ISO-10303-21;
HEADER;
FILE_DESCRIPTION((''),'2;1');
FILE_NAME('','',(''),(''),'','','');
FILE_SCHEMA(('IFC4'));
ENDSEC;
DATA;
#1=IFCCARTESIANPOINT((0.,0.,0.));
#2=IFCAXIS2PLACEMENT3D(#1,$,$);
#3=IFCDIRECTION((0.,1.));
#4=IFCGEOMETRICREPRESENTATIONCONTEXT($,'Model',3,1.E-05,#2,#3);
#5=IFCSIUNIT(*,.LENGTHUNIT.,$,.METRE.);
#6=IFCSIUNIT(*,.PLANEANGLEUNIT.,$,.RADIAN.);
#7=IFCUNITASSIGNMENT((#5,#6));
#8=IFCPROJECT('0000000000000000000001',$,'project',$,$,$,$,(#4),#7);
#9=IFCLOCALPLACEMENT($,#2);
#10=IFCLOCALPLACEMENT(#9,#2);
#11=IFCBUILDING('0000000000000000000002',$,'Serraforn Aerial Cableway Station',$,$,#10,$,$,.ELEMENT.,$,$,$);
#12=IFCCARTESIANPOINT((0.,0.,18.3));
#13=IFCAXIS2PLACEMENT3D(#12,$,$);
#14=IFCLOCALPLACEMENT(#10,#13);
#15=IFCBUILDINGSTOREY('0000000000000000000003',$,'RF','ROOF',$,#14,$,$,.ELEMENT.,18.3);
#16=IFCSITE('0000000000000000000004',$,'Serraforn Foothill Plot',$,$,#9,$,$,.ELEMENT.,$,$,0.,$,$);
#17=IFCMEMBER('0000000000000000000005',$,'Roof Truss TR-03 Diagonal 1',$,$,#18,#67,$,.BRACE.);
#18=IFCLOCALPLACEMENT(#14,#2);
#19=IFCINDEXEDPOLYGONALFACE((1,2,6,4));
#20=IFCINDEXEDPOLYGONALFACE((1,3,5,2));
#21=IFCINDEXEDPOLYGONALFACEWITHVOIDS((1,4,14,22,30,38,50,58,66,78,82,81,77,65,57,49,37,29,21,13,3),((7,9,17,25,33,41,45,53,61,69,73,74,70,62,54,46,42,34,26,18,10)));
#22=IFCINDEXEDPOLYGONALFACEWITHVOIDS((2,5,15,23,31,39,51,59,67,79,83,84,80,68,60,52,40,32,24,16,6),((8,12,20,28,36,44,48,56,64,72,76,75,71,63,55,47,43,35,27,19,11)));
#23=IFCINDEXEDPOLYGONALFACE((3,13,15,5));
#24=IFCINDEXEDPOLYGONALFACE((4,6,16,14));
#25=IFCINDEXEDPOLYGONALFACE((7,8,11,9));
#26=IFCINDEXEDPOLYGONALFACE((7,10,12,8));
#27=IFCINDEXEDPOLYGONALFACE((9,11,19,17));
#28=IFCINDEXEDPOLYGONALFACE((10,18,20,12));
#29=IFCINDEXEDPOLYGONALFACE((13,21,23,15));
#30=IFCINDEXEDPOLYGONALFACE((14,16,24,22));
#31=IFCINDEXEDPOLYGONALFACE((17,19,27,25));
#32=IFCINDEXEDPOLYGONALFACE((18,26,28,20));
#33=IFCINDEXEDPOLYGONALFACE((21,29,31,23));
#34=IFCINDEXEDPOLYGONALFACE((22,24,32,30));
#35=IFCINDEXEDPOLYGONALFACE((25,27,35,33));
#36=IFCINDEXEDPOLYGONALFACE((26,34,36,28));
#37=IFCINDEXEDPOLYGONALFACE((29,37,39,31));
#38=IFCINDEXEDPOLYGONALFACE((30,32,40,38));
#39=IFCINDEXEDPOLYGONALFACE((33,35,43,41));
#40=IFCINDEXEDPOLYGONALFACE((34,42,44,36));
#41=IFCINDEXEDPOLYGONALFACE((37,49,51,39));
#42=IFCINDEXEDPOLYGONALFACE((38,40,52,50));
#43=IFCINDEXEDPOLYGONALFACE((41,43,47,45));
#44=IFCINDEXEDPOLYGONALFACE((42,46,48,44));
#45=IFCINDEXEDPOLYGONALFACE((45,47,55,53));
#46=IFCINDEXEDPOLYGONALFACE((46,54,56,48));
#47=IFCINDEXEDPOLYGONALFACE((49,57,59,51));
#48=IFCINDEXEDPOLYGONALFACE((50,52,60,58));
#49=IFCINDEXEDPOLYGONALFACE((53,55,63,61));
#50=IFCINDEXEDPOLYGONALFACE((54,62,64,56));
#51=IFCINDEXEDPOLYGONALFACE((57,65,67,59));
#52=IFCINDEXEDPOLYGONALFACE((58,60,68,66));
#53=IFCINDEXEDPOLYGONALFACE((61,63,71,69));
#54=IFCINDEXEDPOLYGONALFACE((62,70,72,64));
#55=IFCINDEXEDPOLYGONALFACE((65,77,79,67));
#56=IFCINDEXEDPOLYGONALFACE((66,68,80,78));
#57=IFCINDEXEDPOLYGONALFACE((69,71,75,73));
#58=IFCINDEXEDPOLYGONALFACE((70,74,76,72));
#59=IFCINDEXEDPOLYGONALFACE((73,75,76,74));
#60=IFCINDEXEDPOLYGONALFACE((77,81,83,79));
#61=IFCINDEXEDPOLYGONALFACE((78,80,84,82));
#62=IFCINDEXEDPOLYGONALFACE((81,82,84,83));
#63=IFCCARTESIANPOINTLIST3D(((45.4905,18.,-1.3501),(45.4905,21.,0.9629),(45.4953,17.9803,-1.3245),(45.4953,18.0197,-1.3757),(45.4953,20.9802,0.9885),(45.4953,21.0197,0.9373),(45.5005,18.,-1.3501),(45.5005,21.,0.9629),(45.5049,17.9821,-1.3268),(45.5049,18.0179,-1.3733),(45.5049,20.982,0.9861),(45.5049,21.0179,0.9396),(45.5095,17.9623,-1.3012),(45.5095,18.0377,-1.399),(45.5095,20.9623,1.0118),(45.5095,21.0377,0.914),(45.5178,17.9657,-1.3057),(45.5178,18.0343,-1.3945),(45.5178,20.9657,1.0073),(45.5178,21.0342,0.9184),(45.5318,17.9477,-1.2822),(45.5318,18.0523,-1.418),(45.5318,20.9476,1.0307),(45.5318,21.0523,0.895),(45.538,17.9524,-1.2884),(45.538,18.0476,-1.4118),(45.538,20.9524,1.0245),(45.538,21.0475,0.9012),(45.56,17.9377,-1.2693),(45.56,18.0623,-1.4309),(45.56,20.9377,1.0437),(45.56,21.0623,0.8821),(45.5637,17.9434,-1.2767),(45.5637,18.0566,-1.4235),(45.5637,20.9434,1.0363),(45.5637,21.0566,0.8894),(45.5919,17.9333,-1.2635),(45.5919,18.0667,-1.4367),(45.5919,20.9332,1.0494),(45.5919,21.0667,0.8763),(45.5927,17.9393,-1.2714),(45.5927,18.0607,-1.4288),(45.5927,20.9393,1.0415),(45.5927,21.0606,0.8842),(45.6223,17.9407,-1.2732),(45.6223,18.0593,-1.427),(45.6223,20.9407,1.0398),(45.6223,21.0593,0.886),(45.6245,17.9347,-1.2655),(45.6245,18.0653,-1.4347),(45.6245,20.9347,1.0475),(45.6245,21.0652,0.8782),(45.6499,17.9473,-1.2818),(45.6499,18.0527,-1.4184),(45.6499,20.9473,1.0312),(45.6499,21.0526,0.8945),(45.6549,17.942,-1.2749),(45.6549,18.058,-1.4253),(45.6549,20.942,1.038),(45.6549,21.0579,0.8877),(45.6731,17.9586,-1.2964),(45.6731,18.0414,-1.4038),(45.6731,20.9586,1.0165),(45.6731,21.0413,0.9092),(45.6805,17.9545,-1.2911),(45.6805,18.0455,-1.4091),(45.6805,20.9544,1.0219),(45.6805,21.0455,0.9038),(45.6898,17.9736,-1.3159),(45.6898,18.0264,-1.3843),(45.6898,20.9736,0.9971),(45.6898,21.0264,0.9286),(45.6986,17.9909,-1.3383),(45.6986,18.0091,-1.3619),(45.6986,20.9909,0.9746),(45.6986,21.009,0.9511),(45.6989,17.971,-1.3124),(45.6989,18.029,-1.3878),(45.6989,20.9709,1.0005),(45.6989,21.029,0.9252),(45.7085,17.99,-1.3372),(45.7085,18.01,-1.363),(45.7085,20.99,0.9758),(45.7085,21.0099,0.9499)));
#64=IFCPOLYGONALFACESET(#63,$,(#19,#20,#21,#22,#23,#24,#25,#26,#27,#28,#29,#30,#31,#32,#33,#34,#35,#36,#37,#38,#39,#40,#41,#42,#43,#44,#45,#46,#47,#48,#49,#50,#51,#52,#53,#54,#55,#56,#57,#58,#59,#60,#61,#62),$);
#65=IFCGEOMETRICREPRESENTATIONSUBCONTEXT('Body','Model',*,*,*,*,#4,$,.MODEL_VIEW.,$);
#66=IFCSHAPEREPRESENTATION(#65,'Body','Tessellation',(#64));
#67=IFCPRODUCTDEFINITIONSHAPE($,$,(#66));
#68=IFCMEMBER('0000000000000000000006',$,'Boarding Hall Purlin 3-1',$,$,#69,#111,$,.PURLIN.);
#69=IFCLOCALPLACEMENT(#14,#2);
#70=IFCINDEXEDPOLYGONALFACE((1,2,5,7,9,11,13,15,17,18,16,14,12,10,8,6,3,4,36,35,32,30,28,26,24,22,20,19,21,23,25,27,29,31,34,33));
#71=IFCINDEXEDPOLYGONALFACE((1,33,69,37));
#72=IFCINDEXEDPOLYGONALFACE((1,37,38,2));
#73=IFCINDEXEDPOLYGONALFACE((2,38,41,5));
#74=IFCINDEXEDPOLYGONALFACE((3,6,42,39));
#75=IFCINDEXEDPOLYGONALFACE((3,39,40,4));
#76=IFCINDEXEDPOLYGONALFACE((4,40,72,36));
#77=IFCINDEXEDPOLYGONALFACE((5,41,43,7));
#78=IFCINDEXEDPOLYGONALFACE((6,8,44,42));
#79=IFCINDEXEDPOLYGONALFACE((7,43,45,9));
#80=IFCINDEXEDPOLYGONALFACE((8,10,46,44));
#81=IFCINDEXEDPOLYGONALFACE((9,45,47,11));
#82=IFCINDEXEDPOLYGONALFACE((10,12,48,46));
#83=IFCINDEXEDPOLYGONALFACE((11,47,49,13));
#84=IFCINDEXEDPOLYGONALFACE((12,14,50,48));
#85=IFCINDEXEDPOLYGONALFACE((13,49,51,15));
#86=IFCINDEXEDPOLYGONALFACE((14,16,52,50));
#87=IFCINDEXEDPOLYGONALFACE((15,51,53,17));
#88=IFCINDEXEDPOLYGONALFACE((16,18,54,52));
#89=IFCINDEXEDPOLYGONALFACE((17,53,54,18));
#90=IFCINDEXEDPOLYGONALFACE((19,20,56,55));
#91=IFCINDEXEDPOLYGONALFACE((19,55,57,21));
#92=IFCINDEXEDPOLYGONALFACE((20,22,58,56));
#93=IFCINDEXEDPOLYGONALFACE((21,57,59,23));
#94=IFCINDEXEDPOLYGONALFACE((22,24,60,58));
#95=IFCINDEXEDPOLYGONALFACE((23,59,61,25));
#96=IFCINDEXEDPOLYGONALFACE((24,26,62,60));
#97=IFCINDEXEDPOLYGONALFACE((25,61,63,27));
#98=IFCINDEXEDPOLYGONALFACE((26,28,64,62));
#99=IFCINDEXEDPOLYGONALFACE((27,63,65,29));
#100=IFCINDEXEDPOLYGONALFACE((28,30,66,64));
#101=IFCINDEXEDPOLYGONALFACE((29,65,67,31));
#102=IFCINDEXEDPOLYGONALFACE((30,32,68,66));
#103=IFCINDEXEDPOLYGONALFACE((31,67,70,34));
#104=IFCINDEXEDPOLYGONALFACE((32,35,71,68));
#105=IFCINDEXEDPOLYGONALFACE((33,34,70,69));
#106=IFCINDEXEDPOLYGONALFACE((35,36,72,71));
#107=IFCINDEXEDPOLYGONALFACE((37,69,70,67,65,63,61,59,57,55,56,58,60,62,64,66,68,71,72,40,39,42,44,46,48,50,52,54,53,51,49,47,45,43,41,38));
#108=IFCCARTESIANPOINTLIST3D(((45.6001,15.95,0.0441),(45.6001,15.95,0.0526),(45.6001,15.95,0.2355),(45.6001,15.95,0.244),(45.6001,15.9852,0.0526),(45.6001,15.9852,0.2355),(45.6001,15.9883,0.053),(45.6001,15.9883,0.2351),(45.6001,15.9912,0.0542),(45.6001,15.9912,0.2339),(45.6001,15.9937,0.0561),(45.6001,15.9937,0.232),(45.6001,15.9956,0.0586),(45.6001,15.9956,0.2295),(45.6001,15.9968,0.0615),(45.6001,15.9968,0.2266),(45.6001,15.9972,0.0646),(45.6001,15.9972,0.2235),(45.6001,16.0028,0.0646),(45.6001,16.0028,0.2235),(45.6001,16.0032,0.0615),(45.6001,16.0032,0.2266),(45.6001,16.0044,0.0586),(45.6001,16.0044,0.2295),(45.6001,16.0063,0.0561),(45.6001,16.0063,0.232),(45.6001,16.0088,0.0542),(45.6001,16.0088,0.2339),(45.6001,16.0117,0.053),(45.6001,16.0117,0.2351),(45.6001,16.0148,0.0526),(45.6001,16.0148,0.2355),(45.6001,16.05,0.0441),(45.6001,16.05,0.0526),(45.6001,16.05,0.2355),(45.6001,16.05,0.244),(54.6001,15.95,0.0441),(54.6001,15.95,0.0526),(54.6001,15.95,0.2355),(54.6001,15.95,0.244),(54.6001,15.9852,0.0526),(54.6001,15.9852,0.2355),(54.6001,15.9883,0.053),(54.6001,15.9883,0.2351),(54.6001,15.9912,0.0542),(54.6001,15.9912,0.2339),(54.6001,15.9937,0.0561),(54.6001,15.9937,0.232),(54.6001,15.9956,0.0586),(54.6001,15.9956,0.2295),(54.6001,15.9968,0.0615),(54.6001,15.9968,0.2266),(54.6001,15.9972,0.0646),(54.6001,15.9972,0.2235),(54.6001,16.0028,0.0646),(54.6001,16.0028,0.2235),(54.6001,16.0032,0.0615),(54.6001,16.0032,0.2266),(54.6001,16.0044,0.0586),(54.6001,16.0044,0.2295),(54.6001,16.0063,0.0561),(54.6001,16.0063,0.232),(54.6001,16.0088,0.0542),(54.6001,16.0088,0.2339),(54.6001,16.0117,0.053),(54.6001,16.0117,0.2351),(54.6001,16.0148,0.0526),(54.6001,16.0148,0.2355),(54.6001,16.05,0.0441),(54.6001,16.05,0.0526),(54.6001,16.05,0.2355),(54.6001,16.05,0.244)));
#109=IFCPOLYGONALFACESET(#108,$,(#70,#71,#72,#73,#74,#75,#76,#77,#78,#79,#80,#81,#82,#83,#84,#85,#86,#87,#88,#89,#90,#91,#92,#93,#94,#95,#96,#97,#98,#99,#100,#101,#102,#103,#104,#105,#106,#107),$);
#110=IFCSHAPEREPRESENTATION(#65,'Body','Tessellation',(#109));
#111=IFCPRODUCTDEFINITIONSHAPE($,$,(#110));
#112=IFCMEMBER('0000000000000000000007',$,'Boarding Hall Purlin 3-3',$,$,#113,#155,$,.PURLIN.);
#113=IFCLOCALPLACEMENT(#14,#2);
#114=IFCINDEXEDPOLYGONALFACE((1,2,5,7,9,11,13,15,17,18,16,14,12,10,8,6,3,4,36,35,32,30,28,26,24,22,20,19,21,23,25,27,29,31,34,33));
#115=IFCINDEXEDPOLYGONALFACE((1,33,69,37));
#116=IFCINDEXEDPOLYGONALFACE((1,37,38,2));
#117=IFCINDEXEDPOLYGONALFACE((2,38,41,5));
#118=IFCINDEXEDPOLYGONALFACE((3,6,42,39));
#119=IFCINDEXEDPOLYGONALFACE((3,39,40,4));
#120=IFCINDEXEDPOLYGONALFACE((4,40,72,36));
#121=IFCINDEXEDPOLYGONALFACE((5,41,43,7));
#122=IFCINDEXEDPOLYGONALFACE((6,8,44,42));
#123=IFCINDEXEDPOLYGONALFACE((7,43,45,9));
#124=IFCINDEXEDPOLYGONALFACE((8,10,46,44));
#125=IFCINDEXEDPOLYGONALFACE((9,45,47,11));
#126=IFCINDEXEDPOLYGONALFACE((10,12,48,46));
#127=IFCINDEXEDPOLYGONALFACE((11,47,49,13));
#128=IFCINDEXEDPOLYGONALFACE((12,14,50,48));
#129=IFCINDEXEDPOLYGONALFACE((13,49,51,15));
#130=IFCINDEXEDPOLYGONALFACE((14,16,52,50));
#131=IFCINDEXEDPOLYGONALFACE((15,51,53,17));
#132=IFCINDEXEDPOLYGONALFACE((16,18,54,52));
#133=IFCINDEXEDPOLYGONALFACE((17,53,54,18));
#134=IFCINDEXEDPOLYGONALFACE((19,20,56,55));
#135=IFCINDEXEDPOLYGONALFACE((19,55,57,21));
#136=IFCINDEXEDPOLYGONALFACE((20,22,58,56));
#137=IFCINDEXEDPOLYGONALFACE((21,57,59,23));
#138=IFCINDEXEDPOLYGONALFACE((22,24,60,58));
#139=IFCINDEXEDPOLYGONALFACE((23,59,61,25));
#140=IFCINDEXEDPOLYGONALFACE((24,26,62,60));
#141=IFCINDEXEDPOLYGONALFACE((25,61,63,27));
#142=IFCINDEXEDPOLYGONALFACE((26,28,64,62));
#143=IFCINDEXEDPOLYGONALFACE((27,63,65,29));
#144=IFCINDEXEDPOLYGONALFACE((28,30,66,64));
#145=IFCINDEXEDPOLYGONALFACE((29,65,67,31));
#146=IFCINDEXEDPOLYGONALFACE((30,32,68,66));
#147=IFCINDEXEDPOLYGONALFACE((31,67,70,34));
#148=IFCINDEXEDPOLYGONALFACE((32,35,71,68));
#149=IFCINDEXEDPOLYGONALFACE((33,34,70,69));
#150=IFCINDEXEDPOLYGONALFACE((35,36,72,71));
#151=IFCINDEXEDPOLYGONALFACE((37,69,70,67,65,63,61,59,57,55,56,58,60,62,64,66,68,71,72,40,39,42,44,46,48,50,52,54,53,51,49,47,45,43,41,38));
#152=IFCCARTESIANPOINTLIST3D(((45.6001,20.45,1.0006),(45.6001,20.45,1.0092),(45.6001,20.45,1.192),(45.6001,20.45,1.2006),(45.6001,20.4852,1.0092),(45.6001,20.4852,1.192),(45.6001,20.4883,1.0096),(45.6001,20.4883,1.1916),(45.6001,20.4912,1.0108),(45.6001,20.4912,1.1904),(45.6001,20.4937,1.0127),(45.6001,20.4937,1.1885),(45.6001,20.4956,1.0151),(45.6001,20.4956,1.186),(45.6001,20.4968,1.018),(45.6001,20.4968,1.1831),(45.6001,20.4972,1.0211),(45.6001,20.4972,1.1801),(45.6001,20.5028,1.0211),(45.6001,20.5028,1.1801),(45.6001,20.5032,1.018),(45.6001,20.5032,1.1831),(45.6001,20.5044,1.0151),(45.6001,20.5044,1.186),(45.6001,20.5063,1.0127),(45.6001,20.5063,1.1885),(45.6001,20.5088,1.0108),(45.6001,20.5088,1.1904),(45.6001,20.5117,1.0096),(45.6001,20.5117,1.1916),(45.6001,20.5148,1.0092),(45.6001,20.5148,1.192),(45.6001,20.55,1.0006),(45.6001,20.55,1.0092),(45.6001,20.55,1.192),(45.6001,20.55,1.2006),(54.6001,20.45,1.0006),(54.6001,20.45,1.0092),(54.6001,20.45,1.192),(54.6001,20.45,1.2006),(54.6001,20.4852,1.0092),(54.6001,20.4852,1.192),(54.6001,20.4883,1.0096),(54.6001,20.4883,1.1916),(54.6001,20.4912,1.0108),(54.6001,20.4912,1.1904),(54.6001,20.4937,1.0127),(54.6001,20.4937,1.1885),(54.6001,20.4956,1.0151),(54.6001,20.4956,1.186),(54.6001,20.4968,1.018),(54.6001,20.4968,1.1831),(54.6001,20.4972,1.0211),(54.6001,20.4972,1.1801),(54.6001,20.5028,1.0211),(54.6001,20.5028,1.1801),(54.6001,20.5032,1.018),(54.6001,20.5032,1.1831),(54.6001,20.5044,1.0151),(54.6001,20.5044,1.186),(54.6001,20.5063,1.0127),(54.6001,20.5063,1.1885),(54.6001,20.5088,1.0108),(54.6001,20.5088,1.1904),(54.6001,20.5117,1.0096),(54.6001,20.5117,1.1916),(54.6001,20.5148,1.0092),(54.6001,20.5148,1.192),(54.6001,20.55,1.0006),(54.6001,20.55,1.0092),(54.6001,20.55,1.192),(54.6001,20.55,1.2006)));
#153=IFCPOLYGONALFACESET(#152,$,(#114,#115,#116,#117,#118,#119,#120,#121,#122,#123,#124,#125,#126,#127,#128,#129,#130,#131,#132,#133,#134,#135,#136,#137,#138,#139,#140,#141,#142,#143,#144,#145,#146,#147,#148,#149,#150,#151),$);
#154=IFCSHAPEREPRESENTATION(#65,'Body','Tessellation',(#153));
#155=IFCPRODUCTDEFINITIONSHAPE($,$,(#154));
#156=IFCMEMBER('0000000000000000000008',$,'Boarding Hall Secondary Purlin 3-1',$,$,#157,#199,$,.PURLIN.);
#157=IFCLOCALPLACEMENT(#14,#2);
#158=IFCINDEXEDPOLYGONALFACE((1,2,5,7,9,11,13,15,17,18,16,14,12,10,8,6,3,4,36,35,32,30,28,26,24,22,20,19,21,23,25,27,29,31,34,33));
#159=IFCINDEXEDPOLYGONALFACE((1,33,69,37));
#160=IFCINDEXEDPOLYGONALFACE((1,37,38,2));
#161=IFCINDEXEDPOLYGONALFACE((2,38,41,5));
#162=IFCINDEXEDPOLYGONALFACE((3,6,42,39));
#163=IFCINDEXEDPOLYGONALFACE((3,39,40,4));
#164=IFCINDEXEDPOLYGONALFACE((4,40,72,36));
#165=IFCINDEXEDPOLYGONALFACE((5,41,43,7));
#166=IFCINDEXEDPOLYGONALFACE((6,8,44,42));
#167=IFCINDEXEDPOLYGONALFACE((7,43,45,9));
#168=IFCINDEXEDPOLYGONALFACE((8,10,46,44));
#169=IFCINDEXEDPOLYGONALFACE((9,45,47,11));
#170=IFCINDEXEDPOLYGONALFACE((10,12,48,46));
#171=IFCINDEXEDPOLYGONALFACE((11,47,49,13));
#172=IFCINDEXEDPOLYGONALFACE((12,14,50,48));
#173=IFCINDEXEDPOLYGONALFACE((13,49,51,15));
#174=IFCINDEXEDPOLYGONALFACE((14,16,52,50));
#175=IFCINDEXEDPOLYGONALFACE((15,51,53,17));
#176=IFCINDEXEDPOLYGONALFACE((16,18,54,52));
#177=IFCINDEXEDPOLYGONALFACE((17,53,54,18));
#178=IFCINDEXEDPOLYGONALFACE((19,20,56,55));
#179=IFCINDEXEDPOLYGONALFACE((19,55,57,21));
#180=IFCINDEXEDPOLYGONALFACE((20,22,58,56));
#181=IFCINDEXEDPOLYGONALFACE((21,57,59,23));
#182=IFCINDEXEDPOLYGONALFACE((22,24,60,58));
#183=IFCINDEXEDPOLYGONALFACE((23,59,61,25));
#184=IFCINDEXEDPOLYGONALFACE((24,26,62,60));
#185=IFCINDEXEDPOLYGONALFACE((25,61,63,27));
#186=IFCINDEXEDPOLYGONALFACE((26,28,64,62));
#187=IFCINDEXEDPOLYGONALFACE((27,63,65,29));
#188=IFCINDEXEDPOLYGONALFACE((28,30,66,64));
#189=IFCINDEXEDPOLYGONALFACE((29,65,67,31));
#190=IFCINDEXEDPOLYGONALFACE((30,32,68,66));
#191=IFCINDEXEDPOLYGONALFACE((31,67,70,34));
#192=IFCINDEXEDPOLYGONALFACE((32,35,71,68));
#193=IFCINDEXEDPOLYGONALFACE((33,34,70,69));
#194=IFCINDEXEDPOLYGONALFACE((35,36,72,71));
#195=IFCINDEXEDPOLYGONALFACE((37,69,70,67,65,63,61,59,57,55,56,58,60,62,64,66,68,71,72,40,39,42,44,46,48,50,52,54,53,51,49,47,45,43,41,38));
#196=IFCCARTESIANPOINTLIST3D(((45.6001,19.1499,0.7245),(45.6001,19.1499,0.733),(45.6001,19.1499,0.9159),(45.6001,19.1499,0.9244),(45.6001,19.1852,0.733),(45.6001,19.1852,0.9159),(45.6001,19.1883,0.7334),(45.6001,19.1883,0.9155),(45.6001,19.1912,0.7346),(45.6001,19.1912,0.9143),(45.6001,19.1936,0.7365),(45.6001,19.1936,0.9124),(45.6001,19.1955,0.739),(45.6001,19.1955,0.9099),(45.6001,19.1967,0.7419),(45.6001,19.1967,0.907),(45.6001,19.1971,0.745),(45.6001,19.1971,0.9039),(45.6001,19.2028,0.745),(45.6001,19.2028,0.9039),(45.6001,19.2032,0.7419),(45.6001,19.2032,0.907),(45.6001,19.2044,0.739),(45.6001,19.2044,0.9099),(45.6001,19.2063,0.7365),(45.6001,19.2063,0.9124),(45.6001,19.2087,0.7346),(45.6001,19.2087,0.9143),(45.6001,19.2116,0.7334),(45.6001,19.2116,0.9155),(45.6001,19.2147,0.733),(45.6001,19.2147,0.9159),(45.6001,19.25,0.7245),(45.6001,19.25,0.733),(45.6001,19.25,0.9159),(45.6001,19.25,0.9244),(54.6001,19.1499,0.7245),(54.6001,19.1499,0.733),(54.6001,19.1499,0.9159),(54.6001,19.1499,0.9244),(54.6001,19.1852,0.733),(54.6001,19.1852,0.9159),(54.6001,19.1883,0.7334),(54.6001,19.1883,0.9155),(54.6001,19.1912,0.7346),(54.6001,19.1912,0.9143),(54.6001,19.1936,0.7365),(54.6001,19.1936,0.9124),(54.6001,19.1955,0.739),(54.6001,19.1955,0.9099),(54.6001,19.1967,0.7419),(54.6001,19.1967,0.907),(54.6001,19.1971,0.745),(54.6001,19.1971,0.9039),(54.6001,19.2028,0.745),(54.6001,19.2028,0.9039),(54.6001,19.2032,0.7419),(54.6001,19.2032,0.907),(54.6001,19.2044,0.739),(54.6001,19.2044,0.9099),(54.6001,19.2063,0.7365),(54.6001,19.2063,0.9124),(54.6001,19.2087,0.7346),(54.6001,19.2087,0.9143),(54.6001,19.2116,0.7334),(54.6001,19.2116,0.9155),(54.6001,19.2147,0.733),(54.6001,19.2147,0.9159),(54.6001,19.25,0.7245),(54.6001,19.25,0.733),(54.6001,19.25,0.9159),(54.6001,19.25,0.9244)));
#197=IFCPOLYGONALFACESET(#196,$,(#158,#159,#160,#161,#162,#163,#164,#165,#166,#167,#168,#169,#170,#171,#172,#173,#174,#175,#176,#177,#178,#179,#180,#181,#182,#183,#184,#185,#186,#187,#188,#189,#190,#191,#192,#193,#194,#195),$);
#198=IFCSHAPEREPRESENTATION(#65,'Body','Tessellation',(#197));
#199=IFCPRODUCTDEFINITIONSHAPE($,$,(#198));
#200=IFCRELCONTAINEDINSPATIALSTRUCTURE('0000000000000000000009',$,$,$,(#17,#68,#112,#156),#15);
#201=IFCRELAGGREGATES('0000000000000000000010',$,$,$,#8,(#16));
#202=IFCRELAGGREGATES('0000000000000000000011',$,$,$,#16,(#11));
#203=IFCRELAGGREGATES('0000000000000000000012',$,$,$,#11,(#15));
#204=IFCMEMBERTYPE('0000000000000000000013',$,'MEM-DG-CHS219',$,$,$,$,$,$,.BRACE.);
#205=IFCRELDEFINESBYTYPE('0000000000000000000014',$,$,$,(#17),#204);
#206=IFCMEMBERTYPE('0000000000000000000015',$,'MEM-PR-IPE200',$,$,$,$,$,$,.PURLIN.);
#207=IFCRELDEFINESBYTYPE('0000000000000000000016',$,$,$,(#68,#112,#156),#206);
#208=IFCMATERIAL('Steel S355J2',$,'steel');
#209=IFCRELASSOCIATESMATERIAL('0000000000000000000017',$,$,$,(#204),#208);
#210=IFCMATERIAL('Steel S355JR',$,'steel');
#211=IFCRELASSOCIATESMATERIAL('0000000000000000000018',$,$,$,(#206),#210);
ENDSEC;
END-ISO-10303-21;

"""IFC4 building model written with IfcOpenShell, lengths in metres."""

from ifc_helpers import new_model, si_unit, direction, frame, origin, origin_2d, place, context, subcontext, project, spatial, hollow_circle, i_section, extrude, material, material_profile, profile_set, type_object, element, save


model = new_model("IFC4")

# Units and contexts
model_context = context("Model", 3, precision=1e-05, world=origin(), true_north=direction((0.0, 1.0)))
body_context = subcontext(model_context, "Body", "Model", "MODEL_VIEW")
ifc_project = project(units=[si_unit("LENGTHUNIT", "METRE"), si_unit("PLANEANGLEUNIT", "RADIAN")], contexts=[model_context])

# Site, building, storey
site_placement = place(None, origin())
site = spatial("IfcSite", under=ifc_project, at=site_placement, Name="Serraforn Foothill Plot", CompositionType="ELEMENT", RefElevation=0.0)
building_placement = place(site_placement, origin())
building = spatial("IfcBuilding", under=site, at=building_placement, Name="Serraforn Aerial Cableway Station", CompositionType="ELEMENT")
storey_placement = place(building_placement, frame((0.0, 0.0, 18.3)))
storey = spatial("IfcBuildingStorey", under=building, at=storey_placement, Name="RF", Description="ROOF", CompositionType="ELEMENT", Elevation=18.3)

# Shared definitions
ifc_material_1 = material(Name="Steel S355J2", Category="steel")

# Members
ifc_material_profile_1 = material_profile(ifc_material_1, hollow_circle(Radius=0.1096, WallThickness=0.01, at=origin_2d()), Name="CHS 219.1x10.0")
ifc_profile_set_1 = profile_set([ifc_material_profile_1], Name="Steel S355J2")
member_type_1 = type_object("IfcMemberType", Name="MEM-DG-CHS219", PredefinedType="BRACE", material=ifc_profile_set_1)
member_1_placement = place(storey_placement, frame((45.6001, 18.0, -1.3501), z_axis=(0.0, 0.791948, 0.610589), x_axis=(-1.0, 0.0, 0.0)))
element("IfcMember", 1, at=member_1_placement, inside=storey, type_object=member_type_1, Name="Roof Truss TR-03 Diagonal 1", PredefinedType="BRACE", context=body_context, shape_type="SweptSolid", body=[
    extrude(hollow_circle(Radius=0.1096, WallThickness=0.01, at=origin_2d()), origin(), (0.0, 0.0, 1.0), 3.7881),
])
ifc_material_2 = material(Name="Steel S355JR", Category="steel")
ifc_material_profile_2 = material_profile(ifc_material_2, i_section(OverallWidth=0.1001, OverallDepth=0.2, WebThickness=0.0056, FlangeThickness=0.0085, FilletRadius=0.012, at=origin_2d()), Name="IPE 200")
ifc_profile_set_2 = profile_set([ifc_material_profile_2], Name="Steel S355JR")
member_type_2 = type_object("IfcMemberType", Name="MEM-PR-IPE200", PredefinedType="PURLIN", material=ifc_profile_set_2)
for number, where, z_axis, x_axis, name in (
    (2, (45.6001, 16.0, 0.144), (1.0, 0.0, 0.0), (0.0, 1.0, 0.0), "Boarding Hall Purlin 3-1"),
    (3, (45.6001, 20.5, 1.1006), (1.0, 0.0, 0.0), (0.0, 1.0, 0.0), "Boarding Hall Purlin 3-3"),
    (4, (45.6001, 19.2, 0.8245), (1.0, 0.0, 0.0), (0.0, 1.0, 0.0), "Boarding Hall Secondary Purlin 3-1"),
):
    element("IfcMember", number, at=place(storey_placement, frame(where, z_axis=z_axis, x_axis=x_axis)), inside=storey, type_object=member_type_2, Name=name, PredefinedType="PURLIN", context=body_context, shape_type="SweptSolid", body=[
        extrude(i_section(OverallWidth=0.1001, OverallDepth=0.2, WebThickness=0.0056, FlangeThickness=0.0085, FilletRadius=0.012, at=origin_2d()), origin(), (0.0, 0.0, 1.0), 9.0),
    ])

save(model, "model.ifc")
